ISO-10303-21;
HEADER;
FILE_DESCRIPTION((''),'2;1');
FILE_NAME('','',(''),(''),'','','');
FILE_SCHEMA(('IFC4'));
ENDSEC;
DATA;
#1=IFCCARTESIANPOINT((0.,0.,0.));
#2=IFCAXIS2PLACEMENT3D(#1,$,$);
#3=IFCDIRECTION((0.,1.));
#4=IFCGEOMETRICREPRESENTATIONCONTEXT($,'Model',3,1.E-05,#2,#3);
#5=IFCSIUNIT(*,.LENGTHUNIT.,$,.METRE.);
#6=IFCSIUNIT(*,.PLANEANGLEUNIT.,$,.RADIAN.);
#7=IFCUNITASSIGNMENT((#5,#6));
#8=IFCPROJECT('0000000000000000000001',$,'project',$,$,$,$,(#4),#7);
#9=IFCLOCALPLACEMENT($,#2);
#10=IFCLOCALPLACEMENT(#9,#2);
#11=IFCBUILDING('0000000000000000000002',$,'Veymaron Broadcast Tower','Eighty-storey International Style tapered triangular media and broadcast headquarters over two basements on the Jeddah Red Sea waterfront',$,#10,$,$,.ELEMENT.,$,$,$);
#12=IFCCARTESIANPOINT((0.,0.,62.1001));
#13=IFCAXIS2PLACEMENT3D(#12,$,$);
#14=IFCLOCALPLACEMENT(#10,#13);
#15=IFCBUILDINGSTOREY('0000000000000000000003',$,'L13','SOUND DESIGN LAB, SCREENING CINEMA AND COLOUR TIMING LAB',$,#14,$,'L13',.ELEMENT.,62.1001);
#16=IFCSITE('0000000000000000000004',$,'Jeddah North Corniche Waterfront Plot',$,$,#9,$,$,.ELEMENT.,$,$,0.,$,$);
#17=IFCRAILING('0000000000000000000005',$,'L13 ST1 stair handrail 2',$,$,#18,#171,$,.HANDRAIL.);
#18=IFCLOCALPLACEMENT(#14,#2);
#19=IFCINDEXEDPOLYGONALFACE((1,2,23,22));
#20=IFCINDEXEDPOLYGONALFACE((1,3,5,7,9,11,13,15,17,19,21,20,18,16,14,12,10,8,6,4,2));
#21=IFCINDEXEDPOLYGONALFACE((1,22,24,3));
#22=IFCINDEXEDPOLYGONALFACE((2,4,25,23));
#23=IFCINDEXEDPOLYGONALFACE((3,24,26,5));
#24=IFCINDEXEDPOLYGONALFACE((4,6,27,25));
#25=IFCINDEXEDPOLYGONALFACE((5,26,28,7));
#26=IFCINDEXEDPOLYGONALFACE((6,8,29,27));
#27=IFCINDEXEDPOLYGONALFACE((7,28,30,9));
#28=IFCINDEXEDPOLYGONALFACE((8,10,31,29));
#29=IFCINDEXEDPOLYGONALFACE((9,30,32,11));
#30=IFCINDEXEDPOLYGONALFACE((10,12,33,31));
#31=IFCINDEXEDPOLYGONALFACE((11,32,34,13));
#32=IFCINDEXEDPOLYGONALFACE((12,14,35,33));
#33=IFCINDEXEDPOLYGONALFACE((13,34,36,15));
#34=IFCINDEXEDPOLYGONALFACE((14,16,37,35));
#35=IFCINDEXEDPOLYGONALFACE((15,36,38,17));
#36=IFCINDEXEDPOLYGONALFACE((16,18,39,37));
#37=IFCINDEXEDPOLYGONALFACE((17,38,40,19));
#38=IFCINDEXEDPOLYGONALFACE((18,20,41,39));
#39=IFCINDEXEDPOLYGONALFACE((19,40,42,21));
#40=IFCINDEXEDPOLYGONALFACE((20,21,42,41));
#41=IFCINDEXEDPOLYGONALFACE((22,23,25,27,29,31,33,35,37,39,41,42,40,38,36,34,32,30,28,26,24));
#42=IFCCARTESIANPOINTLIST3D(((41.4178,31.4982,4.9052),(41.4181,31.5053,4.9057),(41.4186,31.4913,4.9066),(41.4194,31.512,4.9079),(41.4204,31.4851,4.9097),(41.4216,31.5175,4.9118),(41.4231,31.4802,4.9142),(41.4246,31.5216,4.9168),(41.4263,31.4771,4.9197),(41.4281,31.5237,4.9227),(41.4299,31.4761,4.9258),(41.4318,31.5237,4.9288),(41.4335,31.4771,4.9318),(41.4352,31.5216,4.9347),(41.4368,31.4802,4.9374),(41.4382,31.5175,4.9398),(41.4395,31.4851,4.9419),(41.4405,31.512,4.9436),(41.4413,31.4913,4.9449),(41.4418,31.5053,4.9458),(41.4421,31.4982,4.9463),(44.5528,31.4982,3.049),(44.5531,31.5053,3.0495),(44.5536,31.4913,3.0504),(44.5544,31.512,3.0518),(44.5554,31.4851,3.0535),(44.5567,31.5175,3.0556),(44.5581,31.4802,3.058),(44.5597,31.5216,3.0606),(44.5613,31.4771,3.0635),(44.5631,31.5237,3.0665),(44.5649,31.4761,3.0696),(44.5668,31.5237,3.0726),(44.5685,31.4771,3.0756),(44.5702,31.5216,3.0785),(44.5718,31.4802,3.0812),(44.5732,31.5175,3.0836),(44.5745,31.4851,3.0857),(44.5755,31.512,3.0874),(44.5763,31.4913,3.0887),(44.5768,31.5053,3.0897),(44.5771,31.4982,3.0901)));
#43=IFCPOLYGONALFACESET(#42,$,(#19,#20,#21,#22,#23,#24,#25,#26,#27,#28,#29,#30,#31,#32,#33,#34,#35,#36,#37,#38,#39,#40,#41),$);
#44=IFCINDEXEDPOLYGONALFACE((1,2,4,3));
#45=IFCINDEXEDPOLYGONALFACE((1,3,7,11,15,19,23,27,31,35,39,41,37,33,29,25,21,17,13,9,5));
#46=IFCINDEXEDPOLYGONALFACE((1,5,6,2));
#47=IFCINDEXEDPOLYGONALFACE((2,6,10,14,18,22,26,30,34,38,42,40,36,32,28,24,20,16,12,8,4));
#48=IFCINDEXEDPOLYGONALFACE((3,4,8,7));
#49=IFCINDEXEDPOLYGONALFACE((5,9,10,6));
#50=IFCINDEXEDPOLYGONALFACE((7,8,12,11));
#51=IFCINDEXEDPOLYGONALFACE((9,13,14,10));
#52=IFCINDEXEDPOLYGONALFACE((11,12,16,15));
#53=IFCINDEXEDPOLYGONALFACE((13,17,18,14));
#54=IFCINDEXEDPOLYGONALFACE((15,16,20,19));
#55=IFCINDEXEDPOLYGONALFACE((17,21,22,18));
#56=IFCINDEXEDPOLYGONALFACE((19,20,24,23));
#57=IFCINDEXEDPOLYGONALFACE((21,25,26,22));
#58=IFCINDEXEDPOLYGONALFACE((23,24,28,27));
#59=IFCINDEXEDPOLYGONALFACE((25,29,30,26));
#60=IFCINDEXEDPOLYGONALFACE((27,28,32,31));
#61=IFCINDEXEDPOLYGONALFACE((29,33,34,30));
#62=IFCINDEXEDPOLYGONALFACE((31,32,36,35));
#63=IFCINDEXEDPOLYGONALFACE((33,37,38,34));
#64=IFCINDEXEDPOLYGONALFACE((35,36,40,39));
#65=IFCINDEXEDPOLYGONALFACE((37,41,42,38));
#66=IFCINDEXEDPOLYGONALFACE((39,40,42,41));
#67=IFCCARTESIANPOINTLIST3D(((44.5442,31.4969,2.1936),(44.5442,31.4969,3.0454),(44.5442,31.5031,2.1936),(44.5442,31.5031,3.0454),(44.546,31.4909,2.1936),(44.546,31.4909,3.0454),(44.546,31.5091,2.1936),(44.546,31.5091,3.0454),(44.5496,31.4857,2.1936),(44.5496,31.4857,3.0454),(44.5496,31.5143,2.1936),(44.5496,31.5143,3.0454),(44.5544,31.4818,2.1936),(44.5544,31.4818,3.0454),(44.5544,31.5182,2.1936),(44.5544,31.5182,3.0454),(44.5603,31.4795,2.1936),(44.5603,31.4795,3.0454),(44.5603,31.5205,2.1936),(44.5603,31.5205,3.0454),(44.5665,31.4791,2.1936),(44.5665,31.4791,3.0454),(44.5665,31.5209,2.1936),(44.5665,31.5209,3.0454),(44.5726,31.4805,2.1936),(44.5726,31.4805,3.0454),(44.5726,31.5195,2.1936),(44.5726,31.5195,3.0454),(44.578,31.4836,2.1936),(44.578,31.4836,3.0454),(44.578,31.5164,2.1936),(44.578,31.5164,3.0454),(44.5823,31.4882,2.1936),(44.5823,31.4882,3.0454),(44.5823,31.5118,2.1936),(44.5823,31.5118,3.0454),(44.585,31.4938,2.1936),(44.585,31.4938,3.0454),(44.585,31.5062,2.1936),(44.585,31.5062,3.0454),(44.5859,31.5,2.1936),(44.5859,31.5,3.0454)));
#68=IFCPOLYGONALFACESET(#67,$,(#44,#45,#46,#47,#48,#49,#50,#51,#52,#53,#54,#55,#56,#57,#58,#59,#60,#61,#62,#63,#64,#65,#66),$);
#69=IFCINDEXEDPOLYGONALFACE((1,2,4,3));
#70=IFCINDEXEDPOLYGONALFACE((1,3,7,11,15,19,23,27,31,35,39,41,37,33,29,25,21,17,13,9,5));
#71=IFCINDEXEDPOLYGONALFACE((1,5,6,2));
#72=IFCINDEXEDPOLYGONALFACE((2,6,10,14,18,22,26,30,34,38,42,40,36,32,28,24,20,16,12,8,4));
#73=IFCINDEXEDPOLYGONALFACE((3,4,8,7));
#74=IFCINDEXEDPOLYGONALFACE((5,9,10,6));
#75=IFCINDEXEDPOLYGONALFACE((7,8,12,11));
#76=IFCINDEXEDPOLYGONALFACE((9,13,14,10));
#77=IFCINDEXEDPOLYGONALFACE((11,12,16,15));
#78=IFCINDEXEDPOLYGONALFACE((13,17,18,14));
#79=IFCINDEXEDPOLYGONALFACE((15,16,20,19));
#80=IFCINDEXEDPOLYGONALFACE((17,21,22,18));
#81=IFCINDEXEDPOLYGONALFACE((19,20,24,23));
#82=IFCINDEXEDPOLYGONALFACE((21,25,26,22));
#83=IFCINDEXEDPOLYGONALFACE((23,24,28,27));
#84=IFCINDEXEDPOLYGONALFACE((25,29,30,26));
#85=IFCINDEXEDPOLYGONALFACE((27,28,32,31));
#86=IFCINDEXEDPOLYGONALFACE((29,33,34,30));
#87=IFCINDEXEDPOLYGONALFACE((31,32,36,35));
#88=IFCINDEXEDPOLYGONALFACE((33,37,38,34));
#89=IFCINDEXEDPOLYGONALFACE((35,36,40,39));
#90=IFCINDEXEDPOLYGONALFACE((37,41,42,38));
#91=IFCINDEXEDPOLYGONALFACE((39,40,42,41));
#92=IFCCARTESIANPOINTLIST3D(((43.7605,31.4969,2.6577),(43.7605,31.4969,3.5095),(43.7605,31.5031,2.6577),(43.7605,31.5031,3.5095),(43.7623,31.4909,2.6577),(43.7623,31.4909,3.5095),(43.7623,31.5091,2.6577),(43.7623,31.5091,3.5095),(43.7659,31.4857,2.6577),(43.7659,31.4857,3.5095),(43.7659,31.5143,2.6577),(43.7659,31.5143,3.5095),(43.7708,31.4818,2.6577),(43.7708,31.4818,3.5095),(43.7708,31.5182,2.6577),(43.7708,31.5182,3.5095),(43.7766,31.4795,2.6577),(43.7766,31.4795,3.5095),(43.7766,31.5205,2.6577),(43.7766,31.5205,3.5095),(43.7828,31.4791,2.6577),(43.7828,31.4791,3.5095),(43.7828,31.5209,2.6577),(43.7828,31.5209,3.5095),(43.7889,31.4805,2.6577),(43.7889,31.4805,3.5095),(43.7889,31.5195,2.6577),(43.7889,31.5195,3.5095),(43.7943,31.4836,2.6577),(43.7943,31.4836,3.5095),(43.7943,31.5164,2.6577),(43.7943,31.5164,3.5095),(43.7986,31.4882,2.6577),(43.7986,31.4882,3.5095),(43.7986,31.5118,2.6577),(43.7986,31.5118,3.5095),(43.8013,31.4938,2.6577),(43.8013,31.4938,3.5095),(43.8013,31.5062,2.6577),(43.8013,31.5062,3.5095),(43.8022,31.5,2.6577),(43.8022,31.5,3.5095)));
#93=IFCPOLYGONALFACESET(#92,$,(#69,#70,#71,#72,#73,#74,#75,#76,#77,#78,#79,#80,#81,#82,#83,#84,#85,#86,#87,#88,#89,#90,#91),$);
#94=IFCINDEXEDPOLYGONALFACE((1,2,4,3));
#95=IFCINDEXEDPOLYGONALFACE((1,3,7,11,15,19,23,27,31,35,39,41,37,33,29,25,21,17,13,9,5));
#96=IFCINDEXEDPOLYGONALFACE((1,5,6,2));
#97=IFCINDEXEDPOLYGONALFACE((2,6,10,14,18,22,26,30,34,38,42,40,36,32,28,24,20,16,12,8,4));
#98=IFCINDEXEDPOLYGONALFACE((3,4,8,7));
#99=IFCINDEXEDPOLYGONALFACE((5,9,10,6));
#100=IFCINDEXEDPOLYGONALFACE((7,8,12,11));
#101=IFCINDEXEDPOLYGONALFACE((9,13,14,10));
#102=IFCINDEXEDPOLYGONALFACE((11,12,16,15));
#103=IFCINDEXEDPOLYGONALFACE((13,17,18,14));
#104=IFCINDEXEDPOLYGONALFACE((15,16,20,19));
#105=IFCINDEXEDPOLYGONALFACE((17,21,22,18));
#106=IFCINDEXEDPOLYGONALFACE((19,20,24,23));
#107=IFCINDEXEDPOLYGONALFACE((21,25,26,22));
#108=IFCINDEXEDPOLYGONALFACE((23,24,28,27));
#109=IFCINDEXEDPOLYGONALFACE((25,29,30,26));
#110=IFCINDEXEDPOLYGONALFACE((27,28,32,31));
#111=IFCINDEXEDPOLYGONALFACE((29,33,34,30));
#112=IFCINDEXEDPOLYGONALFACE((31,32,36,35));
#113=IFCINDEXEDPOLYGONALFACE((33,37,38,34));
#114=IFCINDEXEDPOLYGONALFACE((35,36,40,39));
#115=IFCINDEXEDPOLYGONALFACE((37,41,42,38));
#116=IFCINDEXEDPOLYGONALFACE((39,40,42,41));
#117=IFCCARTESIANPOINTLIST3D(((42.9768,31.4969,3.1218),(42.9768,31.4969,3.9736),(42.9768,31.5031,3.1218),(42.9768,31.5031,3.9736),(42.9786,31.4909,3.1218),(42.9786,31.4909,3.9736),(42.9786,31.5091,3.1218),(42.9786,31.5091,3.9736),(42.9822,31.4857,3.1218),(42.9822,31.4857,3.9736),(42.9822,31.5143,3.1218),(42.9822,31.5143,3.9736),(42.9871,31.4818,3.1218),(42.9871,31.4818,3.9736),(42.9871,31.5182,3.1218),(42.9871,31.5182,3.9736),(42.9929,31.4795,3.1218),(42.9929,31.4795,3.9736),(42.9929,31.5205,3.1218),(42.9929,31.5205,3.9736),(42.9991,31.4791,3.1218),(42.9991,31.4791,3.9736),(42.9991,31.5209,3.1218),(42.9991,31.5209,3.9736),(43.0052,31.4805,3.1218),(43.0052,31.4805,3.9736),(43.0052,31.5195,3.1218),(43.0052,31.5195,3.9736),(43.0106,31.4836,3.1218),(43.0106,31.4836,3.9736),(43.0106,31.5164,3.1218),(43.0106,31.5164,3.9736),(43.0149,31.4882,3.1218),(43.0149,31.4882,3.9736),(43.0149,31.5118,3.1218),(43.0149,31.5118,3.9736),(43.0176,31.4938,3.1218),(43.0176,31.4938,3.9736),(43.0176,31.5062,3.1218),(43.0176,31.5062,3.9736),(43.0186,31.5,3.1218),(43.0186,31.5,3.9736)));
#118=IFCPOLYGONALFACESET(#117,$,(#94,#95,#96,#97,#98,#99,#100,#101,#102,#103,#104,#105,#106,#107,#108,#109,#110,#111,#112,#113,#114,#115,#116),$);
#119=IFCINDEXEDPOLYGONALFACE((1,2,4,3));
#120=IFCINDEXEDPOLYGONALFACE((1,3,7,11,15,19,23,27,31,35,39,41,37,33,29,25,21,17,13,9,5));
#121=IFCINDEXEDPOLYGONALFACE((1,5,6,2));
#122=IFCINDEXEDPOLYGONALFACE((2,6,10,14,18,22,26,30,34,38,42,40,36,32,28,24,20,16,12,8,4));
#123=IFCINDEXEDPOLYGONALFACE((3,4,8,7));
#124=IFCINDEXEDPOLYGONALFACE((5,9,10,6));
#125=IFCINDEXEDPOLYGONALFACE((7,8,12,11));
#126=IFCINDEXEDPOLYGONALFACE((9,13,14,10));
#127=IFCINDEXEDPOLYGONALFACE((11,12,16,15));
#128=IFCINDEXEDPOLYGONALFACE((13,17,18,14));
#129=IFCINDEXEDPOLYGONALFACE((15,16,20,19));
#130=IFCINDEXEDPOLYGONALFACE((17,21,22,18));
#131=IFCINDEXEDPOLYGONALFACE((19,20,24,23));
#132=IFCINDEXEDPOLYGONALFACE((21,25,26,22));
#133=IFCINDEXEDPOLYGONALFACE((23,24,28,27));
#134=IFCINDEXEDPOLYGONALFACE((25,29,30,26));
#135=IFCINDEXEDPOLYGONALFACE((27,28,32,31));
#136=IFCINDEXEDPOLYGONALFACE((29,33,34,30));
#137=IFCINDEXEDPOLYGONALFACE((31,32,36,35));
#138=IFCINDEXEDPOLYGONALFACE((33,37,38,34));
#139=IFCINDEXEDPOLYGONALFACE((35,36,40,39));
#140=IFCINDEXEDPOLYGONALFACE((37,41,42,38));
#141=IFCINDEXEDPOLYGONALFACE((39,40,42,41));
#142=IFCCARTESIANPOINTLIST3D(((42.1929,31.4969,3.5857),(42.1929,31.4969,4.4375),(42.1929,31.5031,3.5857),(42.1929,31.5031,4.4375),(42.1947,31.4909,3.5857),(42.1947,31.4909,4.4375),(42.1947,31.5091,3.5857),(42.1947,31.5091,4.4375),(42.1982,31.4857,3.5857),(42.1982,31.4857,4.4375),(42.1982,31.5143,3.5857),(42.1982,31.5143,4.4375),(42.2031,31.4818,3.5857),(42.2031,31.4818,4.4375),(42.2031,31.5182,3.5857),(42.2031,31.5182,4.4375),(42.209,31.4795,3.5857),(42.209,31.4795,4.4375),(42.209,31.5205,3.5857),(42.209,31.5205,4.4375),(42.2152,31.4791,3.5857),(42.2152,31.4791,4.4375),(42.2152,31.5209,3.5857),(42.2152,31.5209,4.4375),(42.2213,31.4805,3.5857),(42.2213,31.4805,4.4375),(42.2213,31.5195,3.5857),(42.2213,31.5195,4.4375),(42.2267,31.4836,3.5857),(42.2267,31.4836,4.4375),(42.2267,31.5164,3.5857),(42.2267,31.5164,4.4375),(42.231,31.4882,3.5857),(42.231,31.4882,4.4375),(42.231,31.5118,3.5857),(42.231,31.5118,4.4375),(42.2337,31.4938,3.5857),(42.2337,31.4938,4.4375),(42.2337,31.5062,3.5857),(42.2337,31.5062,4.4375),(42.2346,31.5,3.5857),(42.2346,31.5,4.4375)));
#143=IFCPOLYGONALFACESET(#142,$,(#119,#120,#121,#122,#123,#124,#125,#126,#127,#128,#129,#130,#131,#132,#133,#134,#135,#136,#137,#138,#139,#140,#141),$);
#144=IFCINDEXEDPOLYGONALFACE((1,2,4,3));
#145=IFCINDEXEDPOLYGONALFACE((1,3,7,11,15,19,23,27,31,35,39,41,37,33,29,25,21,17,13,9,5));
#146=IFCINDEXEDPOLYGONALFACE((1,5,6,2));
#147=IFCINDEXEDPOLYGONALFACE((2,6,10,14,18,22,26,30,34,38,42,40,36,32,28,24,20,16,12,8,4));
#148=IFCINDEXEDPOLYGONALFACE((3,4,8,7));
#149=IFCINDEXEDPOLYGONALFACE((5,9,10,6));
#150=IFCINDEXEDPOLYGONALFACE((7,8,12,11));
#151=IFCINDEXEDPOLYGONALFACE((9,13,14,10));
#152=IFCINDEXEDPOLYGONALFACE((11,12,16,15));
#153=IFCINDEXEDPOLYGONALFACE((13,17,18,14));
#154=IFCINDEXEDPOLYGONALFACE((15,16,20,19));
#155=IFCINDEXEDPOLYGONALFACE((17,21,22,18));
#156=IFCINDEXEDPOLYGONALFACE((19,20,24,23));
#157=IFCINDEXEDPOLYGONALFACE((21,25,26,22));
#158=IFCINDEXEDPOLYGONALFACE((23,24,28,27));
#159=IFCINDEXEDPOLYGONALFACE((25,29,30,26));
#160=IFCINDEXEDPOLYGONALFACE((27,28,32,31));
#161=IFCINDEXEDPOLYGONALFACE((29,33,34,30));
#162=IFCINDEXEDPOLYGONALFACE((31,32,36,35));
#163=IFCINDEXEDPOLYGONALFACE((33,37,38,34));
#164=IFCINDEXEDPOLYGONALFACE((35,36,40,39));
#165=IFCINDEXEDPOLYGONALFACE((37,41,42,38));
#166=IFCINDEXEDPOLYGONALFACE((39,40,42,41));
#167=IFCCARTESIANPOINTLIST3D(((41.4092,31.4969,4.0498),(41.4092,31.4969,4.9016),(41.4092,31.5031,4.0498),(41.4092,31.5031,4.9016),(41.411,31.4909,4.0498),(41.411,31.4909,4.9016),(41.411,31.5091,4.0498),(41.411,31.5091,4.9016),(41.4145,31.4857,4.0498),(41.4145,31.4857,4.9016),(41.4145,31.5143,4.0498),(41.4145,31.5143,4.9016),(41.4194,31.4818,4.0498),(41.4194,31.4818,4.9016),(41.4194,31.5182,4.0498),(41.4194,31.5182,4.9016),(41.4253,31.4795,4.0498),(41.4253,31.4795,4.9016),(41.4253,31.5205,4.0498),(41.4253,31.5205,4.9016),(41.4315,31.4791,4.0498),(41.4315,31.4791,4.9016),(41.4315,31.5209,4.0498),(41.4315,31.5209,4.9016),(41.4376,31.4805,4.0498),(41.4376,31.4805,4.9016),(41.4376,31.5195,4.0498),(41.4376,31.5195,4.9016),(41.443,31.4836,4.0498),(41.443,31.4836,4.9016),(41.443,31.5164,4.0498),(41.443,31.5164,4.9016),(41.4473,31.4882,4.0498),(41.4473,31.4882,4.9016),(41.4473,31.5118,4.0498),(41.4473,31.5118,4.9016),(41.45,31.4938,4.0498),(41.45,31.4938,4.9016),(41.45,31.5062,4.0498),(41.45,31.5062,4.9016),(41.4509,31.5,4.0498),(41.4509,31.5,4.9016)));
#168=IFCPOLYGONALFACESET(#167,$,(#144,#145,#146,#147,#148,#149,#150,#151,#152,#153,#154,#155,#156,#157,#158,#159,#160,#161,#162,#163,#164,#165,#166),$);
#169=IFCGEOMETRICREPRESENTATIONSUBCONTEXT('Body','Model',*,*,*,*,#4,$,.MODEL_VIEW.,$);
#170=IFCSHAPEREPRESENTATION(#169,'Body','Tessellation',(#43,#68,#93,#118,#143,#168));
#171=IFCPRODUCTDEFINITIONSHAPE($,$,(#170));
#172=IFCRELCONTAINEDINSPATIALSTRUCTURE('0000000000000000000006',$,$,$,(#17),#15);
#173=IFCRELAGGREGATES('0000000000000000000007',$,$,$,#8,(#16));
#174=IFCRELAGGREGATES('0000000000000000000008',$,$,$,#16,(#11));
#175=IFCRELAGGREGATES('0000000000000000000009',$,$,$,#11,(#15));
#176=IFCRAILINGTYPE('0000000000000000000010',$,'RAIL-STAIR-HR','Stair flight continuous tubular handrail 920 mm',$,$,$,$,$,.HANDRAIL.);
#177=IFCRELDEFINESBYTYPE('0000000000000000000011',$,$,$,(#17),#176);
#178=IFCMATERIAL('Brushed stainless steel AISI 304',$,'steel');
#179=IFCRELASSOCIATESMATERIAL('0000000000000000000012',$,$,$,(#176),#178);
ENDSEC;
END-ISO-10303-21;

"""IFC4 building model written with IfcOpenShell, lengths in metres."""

from ifc_helpers import new_model, si_unit, direction, frame, origin, origin_2d, place, context, subcontext, project, spatial, circle, extrude, material, type_object, element, save


model = new_model("IFC4")

# Units and contexts
model_context = context("Model", 3, precision=1e-05, world=origin(), true_north=direction((0.0, 1.0)))
body_context = subcontext(model_context, "Body", "Model", "MODEL_VIEW")
ifc_project = project(units=[si_unit("LENGTHUNIT", "METRE"), si_unit("PLANEANGLEUNIT", "RADIAN")], contexts=[model_context])

# Site, building, storey
site_placement = place(None, origin())
site = spatial("IfcSite", under=ifc_project, at=site_placement, Name="Jeddah North Corniche Waterfront Plot", CompositionType="ELEMENT", RefElevation=0.0)
building_placement = place(site_placement, origin())
building = spatial("IfcBuilding", under=site, at=building_placement, Name="Veymaron Broadcast Tower", Description="Eighty-storey International Style tapered triangular media and broadcast headquarters over two basements on the Jeddah Red Sea waterfront", CompositionType="ELEMENT")
storey_placement = place(building_placement, frame((0.0, 0.0, 62.1001)))
storey = spatial("IfcBuildingStorey", under=building, at=storey_placement, Name="L13", Description="SOUND DESIGN LAB, SCREENING CINEMA AND COLOUR TIMING LAB", LongName="L13", CompositionType="ELEMENT", Elevation=62.1001)

# Railing
ifc_material_1 = material(Name="Brushed stainless steel AISI 304", Category="steel")
railing_type_1 = type_object("IfcRailingType", Name="RAIL-STAIR-HR", Description="Stair flight continuous tubular handrail 920 mm", PredefinedType="HANDRAIL", material=ifc_material_1)
railing_1_placement = place(storey_placement, frame((44.5649, 31.5, 2.1936)))
element("IfcRailing", 1, at=railing_1_placement, inside=storey, type_object=railing_type_1, Name="L13 ST1 stair handrail 2", PredefinedType="HANDRAIL", context=body_context, shape_type="SweptSolid", body=[
    extrude(circle(Radius=0.0239, at=origin_2d()), frame((0.0, 0.0, 0.876), z_axis=(-0.860482, 0.0, 0.509481), x_axis=(0.0, -1.0, 0.0)), (0.0, 0.0, 1.0), 3.6433),
    extrude(circle(Radius=0.021, at=origin_2d()), origin(), (0.0, 0.0, 1.0), 0.8518),
    extrude(circle(Radius=0.021, at=origin_2d()), frame((-0.7837, 0.0, 0.4641)), (0.0, 0.0, 1.0), 0.8518),
    extrude(circle(Radius=0.021, at=origin_2d()), frame((-1.5674, 0.0, 0.9282)), (0.0, 0.0, 1.0), 0.8518),
    extrude(circle(Radius=0.021, at=origin_2d()), frame((-2.3513, 0.0, 1.3921)), (0.0, 0.0, 1.0), 0.8518),
    extrude(circle(Radius=0.021, at=origin_2d()), frame((-3.135, 0.0, 1.8562)), (0.0, 0.0, 1.0), 0.8518),
])

save(model, "model.ifc")
